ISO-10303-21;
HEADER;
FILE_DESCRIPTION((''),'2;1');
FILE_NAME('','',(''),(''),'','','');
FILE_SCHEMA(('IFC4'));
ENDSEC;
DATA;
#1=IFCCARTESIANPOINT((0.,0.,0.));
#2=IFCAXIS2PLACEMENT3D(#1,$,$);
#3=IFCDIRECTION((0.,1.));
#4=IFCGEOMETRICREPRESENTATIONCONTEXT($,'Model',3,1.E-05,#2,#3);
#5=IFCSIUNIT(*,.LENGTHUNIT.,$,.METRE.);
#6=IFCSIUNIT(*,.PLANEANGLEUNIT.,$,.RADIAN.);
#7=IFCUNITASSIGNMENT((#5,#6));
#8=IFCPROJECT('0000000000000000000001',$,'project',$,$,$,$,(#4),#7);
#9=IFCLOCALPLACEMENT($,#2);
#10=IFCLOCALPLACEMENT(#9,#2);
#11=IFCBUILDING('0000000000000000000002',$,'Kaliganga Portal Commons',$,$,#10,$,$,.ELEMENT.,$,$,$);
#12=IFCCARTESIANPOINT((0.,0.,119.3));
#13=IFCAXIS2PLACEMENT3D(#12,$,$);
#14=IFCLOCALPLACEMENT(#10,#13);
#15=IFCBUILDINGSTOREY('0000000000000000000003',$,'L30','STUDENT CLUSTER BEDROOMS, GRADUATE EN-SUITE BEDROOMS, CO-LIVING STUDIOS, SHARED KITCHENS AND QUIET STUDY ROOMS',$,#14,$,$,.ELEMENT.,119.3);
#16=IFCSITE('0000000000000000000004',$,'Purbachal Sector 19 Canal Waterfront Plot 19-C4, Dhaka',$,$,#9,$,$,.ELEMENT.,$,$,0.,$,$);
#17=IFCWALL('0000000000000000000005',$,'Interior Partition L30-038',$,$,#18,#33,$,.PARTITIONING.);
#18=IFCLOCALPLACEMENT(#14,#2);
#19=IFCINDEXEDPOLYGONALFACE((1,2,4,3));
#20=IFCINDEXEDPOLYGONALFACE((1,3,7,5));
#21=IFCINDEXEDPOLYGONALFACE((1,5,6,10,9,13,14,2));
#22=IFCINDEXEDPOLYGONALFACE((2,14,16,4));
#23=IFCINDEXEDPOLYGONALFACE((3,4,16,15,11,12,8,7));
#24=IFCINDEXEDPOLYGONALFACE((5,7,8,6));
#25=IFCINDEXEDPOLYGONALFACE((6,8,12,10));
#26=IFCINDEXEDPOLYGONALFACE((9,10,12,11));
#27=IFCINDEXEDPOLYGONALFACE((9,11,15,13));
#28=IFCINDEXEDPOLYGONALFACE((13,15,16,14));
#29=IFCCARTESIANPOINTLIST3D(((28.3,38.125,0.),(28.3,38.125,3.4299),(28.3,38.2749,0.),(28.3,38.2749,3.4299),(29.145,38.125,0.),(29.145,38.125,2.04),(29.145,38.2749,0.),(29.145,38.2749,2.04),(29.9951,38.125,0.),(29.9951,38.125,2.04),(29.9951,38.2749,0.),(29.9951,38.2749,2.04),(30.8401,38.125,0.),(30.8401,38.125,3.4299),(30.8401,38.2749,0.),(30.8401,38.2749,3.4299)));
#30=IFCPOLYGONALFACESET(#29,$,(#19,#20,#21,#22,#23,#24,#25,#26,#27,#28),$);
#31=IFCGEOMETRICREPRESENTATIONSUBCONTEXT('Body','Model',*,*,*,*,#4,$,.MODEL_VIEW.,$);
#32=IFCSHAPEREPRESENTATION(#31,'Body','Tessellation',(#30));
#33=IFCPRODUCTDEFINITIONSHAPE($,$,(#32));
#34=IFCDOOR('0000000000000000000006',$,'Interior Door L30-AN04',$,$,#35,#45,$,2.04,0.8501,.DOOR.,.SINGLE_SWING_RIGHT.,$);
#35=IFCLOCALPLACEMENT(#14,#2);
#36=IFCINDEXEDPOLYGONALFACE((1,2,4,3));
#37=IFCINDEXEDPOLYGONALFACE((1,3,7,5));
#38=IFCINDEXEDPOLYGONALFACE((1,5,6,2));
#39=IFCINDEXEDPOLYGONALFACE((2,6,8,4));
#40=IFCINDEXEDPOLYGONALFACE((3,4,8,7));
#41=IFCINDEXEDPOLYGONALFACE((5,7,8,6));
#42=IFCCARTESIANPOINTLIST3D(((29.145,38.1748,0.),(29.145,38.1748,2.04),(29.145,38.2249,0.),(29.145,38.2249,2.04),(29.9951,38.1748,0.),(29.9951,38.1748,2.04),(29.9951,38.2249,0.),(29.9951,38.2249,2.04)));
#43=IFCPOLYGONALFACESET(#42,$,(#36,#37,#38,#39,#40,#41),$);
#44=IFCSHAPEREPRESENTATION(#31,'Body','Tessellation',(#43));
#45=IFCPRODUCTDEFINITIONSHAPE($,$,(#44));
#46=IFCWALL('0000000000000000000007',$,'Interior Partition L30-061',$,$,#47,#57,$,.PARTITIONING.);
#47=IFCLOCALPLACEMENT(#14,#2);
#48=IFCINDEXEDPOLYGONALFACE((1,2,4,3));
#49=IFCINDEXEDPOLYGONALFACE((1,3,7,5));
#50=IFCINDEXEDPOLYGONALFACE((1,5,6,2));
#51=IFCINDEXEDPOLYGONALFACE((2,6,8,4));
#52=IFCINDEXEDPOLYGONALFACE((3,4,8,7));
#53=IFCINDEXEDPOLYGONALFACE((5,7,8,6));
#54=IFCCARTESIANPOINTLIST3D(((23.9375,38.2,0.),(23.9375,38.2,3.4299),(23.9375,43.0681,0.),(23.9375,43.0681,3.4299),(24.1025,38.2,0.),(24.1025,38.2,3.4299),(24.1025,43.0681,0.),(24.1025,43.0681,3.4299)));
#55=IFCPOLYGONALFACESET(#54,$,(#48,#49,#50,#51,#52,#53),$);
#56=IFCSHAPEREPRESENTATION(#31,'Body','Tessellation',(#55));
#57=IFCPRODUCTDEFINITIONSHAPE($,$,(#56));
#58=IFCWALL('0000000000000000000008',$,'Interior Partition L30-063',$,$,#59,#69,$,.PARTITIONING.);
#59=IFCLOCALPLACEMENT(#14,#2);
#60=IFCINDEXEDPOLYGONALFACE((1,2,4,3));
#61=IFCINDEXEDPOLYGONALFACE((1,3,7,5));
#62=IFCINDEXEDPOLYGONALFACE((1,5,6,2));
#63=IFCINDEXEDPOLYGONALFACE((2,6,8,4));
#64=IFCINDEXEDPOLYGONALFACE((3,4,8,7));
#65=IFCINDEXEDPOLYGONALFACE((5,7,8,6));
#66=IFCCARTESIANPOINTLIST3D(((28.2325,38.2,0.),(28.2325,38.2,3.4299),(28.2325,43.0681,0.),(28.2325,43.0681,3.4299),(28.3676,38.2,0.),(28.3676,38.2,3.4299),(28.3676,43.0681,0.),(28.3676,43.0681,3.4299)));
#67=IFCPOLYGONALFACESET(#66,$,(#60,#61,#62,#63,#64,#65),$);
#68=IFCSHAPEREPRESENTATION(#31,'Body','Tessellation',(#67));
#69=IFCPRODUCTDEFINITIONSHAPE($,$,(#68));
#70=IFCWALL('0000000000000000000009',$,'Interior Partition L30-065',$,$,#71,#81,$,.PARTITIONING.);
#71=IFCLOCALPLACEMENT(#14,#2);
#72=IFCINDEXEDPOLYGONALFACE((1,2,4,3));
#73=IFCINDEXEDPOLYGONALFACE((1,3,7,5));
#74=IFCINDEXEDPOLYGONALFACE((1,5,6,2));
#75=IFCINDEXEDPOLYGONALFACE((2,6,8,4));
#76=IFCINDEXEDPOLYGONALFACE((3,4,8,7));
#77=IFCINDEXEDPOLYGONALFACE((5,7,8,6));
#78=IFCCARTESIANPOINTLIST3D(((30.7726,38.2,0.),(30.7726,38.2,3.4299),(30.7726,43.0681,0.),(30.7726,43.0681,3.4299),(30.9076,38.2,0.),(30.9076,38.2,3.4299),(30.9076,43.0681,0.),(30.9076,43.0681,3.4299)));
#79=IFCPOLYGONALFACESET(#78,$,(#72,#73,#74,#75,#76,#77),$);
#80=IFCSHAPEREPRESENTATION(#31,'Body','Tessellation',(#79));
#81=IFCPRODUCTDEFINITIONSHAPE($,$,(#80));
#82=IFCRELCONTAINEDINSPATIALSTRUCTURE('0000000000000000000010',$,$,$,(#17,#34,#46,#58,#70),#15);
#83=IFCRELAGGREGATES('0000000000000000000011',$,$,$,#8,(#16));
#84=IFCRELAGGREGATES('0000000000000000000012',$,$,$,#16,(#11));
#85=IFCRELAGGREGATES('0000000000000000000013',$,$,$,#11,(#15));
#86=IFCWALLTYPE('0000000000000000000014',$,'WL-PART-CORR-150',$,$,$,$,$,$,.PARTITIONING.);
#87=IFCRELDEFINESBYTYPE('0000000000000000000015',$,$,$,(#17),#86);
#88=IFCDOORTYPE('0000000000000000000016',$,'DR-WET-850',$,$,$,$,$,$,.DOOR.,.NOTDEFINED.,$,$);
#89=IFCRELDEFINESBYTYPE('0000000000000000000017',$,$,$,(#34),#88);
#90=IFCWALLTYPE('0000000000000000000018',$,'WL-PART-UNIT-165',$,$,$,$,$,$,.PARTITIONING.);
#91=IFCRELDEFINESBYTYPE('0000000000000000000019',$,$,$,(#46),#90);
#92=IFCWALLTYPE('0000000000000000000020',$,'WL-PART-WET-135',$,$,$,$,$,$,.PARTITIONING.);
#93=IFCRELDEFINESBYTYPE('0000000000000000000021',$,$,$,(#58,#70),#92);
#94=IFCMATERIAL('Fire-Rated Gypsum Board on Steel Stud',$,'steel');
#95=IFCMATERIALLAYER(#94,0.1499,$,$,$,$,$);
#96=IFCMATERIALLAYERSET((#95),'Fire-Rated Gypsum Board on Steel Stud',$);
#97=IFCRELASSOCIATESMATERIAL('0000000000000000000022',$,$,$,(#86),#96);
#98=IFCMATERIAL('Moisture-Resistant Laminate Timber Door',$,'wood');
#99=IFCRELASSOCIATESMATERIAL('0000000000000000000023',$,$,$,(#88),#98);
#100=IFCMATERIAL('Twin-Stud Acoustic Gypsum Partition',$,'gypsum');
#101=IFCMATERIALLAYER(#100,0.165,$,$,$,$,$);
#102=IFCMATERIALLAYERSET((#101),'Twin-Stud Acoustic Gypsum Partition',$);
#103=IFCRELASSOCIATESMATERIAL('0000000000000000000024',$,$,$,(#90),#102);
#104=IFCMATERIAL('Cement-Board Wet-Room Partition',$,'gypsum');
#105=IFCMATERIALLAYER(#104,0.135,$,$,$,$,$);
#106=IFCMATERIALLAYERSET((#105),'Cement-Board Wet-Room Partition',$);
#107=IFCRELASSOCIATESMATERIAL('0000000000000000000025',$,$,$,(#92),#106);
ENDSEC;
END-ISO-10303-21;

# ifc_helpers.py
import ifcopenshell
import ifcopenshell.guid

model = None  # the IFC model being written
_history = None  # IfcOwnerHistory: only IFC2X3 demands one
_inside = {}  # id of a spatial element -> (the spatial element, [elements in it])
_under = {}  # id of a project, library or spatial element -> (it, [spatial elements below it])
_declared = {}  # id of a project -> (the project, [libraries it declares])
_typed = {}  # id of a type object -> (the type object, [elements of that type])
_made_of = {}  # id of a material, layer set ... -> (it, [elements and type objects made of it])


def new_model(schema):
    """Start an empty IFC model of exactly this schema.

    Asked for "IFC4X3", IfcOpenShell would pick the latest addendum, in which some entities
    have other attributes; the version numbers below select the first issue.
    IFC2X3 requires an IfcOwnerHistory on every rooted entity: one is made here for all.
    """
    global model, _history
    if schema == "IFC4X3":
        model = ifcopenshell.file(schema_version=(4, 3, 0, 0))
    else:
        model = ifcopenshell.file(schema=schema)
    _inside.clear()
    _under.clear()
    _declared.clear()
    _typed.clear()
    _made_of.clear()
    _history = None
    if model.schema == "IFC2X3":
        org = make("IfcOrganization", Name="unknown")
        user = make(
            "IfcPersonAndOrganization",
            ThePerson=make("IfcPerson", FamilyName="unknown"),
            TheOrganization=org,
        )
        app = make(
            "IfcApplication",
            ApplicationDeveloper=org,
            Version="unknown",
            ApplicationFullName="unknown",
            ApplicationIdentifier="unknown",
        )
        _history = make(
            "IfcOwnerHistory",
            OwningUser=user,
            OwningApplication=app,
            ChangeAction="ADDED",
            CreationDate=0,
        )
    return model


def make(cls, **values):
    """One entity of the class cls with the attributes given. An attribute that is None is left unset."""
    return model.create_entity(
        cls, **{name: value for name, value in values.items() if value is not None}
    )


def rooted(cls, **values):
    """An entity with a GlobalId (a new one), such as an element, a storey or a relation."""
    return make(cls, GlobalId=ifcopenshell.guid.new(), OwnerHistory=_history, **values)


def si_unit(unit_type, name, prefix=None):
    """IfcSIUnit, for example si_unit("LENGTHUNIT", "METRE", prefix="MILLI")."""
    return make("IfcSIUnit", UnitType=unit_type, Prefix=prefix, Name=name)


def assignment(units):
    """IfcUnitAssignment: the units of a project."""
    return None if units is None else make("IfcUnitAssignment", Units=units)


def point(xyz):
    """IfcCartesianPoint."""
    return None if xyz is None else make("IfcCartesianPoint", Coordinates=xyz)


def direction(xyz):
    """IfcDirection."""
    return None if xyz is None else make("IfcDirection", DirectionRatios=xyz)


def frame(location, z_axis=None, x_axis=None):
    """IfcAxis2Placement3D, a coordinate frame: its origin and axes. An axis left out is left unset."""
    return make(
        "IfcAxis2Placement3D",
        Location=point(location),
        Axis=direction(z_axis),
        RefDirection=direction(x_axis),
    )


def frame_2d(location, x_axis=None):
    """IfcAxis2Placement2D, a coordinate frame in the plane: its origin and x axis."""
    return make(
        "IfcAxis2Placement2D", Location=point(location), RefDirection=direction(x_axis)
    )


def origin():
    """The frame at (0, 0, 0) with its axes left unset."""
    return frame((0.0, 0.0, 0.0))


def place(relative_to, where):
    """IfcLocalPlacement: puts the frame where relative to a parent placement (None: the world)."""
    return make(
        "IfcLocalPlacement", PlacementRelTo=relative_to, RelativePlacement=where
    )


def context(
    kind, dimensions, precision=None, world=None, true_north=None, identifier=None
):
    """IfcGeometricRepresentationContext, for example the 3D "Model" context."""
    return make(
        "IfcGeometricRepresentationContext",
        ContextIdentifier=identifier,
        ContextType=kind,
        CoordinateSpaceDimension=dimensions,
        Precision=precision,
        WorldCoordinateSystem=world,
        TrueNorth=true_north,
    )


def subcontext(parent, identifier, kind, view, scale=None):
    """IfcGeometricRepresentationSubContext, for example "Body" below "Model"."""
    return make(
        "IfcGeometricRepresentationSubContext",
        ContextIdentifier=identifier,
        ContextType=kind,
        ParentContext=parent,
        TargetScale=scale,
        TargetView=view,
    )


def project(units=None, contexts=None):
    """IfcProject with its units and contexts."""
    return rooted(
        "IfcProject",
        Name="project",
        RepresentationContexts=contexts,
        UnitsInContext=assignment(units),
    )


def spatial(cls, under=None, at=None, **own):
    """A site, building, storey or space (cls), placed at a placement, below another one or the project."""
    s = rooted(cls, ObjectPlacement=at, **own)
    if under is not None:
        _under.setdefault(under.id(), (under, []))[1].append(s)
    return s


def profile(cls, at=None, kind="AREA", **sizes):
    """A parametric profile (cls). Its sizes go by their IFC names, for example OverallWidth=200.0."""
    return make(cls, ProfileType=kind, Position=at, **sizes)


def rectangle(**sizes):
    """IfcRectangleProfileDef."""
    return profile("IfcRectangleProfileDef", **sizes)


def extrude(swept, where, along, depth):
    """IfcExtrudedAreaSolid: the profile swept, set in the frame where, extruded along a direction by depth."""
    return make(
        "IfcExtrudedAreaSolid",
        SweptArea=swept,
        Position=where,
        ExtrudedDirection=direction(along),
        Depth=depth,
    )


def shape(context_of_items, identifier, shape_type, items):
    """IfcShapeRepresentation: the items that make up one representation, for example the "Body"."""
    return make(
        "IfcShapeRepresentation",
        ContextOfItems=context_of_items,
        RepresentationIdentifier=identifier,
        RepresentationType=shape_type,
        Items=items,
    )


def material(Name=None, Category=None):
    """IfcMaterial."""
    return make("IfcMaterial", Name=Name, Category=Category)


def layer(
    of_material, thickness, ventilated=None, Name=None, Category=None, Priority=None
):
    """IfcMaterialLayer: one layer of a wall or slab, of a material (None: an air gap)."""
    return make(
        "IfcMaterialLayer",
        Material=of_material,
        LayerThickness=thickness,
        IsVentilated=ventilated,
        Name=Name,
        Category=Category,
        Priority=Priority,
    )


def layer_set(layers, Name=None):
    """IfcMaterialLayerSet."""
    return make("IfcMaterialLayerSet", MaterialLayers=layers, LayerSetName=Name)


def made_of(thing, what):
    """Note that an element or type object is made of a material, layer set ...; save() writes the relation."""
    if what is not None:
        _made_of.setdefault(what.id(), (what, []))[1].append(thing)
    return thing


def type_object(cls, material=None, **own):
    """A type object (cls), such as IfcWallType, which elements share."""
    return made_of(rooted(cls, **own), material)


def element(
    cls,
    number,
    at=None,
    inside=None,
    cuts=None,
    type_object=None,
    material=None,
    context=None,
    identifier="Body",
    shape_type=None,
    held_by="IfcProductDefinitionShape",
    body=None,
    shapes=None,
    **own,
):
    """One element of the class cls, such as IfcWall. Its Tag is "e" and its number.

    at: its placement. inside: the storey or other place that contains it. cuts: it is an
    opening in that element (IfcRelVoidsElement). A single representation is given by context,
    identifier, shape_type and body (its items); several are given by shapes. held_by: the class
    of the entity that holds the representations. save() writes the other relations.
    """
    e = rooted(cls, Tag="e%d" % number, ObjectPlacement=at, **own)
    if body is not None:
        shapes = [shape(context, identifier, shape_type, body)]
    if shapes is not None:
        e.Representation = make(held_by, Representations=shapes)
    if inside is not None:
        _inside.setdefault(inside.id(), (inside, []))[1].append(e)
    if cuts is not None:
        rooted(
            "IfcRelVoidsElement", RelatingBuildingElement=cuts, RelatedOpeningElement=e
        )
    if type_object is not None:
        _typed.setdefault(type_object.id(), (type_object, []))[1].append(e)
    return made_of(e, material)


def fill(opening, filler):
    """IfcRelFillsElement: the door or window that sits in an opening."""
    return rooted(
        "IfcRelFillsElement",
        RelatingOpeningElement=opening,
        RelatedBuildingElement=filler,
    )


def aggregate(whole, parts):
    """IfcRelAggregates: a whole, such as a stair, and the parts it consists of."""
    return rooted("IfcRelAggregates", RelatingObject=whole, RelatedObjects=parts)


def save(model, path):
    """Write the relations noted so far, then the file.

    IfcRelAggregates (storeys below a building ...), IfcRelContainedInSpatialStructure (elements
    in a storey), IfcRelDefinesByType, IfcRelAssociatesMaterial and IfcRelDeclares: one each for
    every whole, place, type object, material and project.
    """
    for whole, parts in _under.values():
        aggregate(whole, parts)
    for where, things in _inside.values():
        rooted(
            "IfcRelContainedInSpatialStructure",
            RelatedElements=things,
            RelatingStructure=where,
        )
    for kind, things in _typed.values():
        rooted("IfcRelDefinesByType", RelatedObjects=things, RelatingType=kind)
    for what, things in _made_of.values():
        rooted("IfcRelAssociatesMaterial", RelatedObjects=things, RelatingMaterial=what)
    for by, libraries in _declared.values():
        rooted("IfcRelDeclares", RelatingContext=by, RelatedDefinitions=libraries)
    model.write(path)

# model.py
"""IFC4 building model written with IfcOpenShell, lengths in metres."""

from ifc_helpers import new_model, si_unit, direction, frame, frame_2d, origin, place, context, subcontext, project, spatial, rectangle, extrude, material, layer, layer_set, type_object, element, fill, save


model = new_model("IFC4")

# Units and contexts
model_context = context("Model", 3, precision=1e-05, world=origin(), true_north=direction((0.0, 1.0)))
body_context = subcontext(model_context, "Body", "Model", "MODEL_VIEW")
ifc_project = project(units=[si_unit("LENGTHUNIT", "METRE"), si_unit("PLANEANGLEUNIT", "RADIAN")], contexts=[model_context])

# Site, building, storey
site_placement = place(None, origin())
site = spatial("IfcSite", under=ifc_project, at=site_placement, Name="Purbachal Sector 19 Canal Waterfront Plot 19-C4, Dhaka", CompositionType="ELEMENT", RefElevation=0.0)
building_placement = place(site_placement, origin())
building = spatial("IfcBuilding", under=site, at=building_placement, Name="Kaliganga Portal Commons", CompositionType="ELEMENT")
storey_placement = place(building_placement, frame((0.0, 0.0, 119.3)))
storey = spatial("IfcBuildingStorey", under=building, at=storey_placement, Name="L30", Description="STUDENT CLUSTER BEDROOMS, GRADUATE EN-SUITE BEDROOMS, CO-LIVING STUDIOS, SHARED KITCHENS AND QUIET STUDY ROOMS", CompositionType="ELEMENT", Elevation=119.3)

# Wall, opening, door
ifc_material_1 = material(Name="Fire-Rated Gypsum Board on Steel Stud", Category="steel")
ifc_layer_1 = layer(ifc_material_1, 0.1499)
ifc_layer_set_1 = layer_set([ifc_layer_1], Name="Fire-Rated Gypsum Board on Steel Stud")
wall_type_1 = type_object("IfcWallType", Name="WL-PART-CORR-150", PredefinedType="PARTITIONING", material=ifc_layer_set_1)
wall_1_placement = place(storey_placement, frame((28.3, 38.2, 0.0), z_axis=(0.0, 0.0, 1.0), x_axis=(1.0, 0.0, 0.0)))
wall_1 = element("IfcWall", 1, at=wall_1_placement, inside=storey, type_object=wall_type_1, Name="Interior Partition L30-038", PredefinedType="PARTITIONING", context=body_context, shape_type="SweptSolid", body=[
    extrude(rectangle(XDim=2.54, YDim=0.1499, at=frame_2d((1.27, 0.0))), origin(), (0.0, 0.0, 1.0), 3.4299),
])
opening_1_placement = place(wall_1_placement, frame((0.845, 0.0, 0.0)))
opening_1 = element("IfcOpeningElement", 2, at=opening_1_placement, cuts=wall_1, PredefinedType="OPENING", context=body_context, shape_type="SweptSolid", body=[
    extrude(rectangle(XDim=0.8501, YDim=2.04, at=frame_2d((0.425, 1.02))), frame((0.0, 0.085, 0.0), z_axis=(0.0, -1.0, 0.0), x_axis=(1.0, 0.0, 0.0)), (0.0, 0.0, 1.0), 0.1699),
])
ifc_material_2 = material(Name="Moisture-Resistant Laminate Timber Door", Category="wood")
door_type_1 = type_object("IfcDoorType", Name="DR-WET-850", OperationType="NOTDEFINED", PredefinedType="DOOR", material=ifc_material_2)
door_1_placement = place(opening_1_placement, origin())
door_1 = element("IfcDoor", 3, at=door_1_placement, inside=storey, type_object=door_type_1, Name="Interior Door L30-AN04", OperationType="SINGLE_SWING_RIGHT", OverallHeight=2.04, OverallWidth=0.8501, PredefinedType="DOOR", context=body_context, shape_type="SweptSolid", body=[
    extrude(rectangle(XDim=0.8501, YDim=2.04, at=frame_2d((0.425, 1.02))), frame((0.0, 0.0249, 0.0), z_axis=(0.0, -1.0, 0.0), x_axis=(1.0, 0.0, 0.0)), (0.0, 0.0, 1.0), 0.05),
])
fill(opening_1, door_1)

# Walls
ifc_material_3 = material(Name="Twin-Stud Acoustic Gypsum Partition", Category="gypsum")
ifc_layer_2 = layer(ifc_material_3, 0.165)
ifc_layer_set_2 = layer_set([ifc_layer_2], Name="Twin-Stud Acoustic Gypsum Partition")
wall_type_2 = type_object("IfcWallType", Name="WL-PART-UNIT-165", PredefinedType="PARTITIONING", material=ifc_layer_set_2)
wall_2_placement = place(storey_placement, frame((24.02, 38.2, 0.0), z_axis=(0.0, 0.0, 1.0), x_axis=(0.0, 1.0, 0.0)))
element("IfcWall", 4, at=wall_2_placement, inside=storey, type_object=wall_type_2, Name="Interior Partition L30-061", PredefinedType="PARTITIONING", context=body_context, shape_type="SweptSolid", body=[
    extrude(rectangle(XDim=4.8682, YDim=0.165, at=frame_2d((2.4341, 0.0))), origin(), (0.0, 0.0, 1.0), 3.4299),
])
ifc_material_4 = material(Name="Cement-Board Wet-Room Partition", Category="gypsum")
ifc_layer_3 = layer(ifc_material_4, 0.135)
ifc_layer_set_3 = layer_set([ifc_layer_3], Name="Cement-Board Wet-Room Partition")
wall_type_3 = type_object("IfcWallType", Name="WL-PART-WET-135", PredefinedType="PARTITIONING", material=ifc_layer_set_3)
for number, where, z_axis, x_axis, name in (
    (5, (28.3, 38.2, 0.0), (0.0, 0.0, 1.0), (0.0, 1.0, 0.0), "Interior Partition L30-063"),
    (6, (30.8401, 38.2, 0.0), (0.0, 0.0, 1.0), (0.0, 1.0, 0.0), "Interior Partition L30-065"),
):
    element("IfcWall", number, at=place(storey_placement, frame(where, z_axis=z_axis, x_axis=x_axis)), inside=storey, type_object=wall_type_3, Name=name, PredefinedType="PARTITIONING", context=body_context, shape_type="SweptSolid", body=[
        extrude(rectangle(XDim=4.8682, YDim=0.135, at=frame_2d((2.4341, 0.0))), origin(), (0.0, 0.0, 1.0), 3.4299),
    ])

save(model, "model.ifc")
